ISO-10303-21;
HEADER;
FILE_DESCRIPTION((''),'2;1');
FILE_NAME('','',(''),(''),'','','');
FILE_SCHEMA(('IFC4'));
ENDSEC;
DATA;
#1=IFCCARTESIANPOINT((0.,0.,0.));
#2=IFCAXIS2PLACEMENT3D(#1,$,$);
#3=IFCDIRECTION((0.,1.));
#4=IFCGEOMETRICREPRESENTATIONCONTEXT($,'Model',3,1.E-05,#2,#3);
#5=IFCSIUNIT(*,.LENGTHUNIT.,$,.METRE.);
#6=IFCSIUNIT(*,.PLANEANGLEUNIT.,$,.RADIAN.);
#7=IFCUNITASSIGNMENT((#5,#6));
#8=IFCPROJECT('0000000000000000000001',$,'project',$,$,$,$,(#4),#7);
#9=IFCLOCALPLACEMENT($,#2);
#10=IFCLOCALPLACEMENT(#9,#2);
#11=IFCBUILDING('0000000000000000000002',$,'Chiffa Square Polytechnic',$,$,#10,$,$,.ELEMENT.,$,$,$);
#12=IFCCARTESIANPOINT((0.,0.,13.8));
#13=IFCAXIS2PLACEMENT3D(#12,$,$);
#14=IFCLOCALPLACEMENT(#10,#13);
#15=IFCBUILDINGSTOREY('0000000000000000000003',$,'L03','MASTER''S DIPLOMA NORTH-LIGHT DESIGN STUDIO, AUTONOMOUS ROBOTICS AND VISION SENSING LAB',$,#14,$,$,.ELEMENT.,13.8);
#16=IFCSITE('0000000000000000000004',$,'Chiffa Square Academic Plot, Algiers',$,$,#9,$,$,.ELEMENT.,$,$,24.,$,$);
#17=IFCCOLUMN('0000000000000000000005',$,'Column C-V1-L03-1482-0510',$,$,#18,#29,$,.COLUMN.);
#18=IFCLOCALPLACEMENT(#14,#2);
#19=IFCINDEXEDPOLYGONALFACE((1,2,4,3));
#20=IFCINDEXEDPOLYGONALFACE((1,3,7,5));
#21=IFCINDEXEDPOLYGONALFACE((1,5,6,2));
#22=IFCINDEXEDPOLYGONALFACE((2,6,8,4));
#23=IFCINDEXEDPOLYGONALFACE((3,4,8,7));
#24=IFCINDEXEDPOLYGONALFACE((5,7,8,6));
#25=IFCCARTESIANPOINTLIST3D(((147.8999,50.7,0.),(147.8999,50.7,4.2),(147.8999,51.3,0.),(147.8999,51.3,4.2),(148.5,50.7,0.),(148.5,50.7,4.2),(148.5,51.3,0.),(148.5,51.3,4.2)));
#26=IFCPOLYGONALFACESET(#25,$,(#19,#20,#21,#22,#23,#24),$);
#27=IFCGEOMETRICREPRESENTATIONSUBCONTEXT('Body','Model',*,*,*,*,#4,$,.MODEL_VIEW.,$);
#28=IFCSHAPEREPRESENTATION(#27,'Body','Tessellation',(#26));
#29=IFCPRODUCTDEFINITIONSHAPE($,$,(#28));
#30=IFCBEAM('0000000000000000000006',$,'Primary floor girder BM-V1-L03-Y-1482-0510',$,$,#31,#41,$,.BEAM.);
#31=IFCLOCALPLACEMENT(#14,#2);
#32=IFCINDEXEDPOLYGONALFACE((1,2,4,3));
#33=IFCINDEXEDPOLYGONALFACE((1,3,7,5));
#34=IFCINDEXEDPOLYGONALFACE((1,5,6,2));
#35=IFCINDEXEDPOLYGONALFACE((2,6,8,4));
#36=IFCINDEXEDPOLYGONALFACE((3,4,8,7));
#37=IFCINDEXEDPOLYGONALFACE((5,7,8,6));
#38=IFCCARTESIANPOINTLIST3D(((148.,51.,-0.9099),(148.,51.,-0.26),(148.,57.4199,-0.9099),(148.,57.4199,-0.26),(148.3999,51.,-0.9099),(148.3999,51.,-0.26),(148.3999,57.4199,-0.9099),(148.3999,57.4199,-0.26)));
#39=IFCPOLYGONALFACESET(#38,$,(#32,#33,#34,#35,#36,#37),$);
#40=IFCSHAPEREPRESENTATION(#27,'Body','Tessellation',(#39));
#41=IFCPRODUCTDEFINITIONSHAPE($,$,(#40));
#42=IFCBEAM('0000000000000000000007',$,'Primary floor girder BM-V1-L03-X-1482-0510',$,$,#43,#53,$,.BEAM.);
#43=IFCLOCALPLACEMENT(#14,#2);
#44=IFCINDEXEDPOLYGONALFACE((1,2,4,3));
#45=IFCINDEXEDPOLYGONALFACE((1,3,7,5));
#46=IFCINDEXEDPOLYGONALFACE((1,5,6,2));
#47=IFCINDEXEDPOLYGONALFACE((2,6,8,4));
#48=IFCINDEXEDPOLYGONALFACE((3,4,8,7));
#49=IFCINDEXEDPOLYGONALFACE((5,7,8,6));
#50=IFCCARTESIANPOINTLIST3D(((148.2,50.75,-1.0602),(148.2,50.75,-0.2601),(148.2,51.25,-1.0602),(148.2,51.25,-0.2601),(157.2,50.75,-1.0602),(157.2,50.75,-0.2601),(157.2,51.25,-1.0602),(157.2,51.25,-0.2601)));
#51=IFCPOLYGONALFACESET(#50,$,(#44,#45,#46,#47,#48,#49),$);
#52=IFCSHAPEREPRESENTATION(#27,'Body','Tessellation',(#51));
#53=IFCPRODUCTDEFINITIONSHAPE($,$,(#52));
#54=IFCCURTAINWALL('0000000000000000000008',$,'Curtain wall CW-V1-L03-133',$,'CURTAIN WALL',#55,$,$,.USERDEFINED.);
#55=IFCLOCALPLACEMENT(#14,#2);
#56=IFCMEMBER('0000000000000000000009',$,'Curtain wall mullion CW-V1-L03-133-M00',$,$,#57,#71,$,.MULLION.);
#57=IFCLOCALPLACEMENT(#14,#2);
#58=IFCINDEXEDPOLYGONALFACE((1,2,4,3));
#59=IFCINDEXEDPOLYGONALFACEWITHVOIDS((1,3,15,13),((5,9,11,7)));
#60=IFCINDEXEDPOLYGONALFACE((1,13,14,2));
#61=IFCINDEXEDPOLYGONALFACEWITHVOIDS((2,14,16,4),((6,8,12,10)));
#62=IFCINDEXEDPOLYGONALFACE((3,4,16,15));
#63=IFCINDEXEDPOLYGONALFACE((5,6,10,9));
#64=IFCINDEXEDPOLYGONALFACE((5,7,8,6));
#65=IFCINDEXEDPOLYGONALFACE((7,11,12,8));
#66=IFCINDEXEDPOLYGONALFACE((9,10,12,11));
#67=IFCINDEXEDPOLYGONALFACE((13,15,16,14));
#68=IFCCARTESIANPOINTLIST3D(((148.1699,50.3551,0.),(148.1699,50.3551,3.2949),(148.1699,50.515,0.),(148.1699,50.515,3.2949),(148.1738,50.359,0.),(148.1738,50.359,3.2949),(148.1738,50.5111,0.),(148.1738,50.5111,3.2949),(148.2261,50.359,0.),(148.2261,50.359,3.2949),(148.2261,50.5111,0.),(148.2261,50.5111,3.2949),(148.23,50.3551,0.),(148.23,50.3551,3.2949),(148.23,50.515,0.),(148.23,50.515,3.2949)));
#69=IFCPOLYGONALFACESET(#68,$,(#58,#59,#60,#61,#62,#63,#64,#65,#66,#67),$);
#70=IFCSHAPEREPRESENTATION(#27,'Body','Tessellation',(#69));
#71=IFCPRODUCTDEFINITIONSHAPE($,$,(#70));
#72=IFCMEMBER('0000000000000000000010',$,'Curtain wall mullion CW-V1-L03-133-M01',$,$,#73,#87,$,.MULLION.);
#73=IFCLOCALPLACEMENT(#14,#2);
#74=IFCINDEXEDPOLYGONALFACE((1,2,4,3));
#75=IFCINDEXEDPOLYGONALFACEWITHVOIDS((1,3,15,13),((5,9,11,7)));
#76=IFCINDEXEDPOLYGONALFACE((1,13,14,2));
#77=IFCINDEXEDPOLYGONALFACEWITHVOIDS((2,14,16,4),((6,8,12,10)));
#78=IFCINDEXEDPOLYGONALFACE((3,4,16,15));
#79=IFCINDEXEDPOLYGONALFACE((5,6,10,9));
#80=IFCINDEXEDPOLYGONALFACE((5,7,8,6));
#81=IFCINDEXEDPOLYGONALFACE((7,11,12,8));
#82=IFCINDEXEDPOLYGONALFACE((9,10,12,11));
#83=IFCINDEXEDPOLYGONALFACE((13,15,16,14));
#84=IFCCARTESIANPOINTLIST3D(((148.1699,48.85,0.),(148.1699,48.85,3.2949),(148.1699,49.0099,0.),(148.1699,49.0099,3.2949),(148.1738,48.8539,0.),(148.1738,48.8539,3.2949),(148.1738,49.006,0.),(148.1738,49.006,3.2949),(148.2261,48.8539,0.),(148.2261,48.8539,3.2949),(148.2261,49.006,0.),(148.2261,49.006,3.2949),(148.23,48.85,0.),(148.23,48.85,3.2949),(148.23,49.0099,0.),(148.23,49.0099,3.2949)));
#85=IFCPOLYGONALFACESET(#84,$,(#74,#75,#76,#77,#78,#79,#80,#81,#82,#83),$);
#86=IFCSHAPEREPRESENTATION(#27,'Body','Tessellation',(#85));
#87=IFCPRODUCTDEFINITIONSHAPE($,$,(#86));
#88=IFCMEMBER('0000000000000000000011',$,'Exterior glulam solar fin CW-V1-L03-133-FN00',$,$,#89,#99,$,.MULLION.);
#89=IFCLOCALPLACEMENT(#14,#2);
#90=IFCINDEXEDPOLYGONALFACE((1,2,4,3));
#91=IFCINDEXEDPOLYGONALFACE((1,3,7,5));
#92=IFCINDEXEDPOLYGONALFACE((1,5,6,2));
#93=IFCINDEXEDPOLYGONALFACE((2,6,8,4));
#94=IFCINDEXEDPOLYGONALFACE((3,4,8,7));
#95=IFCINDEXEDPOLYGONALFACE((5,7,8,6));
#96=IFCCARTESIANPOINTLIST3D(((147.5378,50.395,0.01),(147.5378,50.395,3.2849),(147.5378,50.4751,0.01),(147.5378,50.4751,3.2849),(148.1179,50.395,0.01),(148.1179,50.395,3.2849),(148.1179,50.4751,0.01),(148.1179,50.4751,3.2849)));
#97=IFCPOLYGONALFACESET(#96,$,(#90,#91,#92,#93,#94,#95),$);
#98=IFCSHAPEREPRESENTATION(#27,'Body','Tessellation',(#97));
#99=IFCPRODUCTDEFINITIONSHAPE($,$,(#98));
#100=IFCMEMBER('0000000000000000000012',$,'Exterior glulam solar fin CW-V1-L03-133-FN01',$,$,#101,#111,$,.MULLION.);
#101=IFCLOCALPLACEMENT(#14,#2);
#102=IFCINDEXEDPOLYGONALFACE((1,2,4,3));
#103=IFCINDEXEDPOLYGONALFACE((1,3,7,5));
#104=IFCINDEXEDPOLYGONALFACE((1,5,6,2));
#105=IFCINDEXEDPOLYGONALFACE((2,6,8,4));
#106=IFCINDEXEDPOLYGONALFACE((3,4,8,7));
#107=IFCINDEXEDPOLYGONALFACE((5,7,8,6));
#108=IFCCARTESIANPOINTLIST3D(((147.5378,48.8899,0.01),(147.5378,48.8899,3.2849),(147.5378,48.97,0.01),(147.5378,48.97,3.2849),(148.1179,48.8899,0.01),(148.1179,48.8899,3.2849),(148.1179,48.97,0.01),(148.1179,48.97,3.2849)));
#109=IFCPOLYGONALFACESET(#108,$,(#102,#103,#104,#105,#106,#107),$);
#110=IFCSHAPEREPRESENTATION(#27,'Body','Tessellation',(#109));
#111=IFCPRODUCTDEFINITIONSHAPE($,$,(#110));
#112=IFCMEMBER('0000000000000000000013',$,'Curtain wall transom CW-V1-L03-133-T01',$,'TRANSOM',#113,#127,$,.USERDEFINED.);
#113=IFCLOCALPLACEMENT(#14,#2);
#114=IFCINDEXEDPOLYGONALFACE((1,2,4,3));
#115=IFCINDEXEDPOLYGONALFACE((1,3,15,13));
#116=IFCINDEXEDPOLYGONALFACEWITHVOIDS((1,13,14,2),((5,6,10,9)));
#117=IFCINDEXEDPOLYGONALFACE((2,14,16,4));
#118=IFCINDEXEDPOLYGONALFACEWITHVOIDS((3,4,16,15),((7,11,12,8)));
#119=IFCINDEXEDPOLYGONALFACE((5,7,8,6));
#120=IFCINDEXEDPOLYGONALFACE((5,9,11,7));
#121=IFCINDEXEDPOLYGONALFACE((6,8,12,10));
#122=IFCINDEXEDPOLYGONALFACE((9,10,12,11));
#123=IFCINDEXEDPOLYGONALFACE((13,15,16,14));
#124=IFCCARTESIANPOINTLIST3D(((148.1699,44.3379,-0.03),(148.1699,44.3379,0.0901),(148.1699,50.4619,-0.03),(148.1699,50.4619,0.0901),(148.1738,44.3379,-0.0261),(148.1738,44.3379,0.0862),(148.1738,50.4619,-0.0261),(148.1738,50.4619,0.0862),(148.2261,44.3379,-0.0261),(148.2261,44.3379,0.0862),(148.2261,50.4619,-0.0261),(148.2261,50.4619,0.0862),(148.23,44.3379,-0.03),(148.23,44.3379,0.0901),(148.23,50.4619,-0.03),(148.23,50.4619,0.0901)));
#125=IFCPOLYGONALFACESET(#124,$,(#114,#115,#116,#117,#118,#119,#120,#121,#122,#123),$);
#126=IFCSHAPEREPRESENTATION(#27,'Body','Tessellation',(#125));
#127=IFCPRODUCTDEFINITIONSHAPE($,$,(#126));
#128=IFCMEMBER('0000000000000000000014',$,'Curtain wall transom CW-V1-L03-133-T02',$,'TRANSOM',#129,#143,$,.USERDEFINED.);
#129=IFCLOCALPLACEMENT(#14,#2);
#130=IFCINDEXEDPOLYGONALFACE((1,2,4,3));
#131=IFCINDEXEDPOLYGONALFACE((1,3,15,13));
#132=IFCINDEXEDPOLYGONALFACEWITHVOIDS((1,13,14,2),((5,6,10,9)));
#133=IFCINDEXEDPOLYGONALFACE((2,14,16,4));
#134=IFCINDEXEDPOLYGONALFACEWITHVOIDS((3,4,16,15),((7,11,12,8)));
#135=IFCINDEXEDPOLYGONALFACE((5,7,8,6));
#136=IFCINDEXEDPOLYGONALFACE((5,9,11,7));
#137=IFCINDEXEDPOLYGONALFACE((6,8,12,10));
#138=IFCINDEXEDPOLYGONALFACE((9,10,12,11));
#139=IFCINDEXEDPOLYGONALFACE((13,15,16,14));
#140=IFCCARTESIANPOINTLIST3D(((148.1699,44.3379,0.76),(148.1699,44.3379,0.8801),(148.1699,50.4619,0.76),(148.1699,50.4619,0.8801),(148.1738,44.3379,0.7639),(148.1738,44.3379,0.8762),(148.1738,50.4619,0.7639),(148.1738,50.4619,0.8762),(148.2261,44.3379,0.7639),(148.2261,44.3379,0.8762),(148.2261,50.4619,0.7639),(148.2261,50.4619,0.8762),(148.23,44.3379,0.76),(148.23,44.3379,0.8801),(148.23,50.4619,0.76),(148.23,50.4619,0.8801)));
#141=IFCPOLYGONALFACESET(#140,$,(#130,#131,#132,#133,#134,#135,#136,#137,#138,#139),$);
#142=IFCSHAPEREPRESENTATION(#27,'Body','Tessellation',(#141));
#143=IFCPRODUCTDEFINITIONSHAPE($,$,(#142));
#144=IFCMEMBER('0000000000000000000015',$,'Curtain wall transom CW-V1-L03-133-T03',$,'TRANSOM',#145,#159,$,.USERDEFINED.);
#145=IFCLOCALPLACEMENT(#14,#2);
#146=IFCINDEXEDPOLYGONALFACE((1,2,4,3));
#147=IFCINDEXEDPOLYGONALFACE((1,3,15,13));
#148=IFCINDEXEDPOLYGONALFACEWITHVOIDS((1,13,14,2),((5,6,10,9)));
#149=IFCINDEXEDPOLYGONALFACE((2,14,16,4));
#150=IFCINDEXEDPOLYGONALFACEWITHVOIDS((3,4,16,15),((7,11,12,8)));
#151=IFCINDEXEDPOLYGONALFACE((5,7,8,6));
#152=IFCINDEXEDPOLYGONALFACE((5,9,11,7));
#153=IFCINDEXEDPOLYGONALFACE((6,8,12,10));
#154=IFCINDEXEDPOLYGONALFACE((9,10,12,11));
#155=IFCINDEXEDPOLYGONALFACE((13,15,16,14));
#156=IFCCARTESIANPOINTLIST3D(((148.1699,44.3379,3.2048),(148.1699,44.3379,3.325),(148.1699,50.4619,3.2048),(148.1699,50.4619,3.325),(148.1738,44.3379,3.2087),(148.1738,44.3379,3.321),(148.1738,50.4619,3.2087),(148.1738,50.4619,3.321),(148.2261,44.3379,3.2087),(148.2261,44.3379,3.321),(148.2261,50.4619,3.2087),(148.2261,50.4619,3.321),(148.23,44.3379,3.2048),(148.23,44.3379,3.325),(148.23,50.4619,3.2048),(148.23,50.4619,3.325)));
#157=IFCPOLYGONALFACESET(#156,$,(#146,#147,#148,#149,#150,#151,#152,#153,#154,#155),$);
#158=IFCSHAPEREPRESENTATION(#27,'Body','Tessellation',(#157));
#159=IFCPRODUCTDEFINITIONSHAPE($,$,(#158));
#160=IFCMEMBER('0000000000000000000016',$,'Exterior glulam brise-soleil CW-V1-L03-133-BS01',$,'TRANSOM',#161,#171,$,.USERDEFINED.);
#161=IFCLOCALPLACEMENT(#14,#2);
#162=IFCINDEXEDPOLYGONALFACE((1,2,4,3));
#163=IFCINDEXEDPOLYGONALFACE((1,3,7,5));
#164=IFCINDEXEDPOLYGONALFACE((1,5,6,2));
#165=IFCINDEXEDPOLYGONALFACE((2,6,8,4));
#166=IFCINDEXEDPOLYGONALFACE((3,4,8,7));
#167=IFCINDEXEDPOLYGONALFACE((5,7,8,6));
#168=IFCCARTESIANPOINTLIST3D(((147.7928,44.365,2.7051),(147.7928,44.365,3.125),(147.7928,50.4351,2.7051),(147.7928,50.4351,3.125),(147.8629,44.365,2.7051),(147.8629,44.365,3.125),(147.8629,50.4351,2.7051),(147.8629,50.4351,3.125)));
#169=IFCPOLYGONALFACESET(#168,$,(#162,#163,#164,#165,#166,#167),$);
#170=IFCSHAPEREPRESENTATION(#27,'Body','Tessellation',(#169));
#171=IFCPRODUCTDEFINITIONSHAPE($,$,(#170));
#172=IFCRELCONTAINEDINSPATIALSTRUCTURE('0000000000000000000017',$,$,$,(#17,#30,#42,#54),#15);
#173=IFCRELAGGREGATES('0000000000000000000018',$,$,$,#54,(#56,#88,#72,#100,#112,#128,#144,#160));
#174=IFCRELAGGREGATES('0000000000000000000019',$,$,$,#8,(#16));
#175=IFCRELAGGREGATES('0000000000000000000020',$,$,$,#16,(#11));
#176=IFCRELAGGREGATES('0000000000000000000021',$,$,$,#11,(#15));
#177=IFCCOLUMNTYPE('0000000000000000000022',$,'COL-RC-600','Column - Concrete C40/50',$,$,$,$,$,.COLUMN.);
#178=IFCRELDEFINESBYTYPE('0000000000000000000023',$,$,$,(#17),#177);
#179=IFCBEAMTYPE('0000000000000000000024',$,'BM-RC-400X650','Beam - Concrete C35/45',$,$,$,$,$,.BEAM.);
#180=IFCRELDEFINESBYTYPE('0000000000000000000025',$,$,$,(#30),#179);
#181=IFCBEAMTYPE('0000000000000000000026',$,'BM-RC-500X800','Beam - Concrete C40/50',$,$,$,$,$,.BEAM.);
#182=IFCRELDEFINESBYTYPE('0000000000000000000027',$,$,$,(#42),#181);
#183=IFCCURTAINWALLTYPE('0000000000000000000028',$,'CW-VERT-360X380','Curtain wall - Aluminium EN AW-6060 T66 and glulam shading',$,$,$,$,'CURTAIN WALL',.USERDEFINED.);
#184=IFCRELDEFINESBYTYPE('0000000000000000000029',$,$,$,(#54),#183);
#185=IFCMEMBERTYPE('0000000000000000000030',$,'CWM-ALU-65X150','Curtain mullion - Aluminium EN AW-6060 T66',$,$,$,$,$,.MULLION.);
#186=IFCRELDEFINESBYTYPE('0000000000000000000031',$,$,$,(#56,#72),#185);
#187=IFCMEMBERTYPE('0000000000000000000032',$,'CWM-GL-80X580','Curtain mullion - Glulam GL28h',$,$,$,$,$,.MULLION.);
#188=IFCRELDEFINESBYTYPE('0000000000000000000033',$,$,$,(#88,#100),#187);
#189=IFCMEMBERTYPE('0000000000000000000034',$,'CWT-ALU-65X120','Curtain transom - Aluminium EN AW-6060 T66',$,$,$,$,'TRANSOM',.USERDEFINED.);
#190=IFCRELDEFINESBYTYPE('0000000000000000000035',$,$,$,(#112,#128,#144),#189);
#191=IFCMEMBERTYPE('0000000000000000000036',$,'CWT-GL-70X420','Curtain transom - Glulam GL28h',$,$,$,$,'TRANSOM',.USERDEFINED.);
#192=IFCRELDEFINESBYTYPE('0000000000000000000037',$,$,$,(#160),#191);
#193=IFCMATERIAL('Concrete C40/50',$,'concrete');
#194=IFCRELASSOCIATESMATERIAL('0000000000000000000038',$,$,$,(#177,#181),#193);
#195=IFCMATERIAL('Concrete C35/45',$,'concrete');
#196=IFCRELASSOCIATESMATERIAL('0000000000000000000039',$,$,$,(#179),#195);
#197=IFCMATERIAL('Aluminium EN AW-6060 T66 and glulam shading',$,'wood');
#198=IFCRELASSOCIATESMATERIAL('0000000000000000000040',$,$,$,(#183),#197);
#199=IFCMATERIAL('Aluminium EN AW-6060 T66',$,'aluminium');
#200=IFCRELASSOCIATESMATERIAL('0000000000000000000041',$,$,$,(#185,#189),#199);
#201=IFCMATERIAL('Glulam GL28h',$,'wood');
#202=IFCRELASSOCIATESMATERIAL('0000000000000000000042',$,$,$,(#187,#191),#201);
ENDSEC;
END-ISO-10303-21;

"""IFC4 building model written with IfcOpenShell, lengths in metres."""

from ifc_helpers import new_model, si_unit, direction, frame, origin, origin_2d, place, context, subcontext, project, spatial, rectangle, hollow_rectangle, extrude, material, material_profile, profile_set, type_object, element, aggregate, save


model = new_model("IFC4")

# Units and contexts
model_context = context("Model", 3, precision=1e-05, world=origin(), true_north=direction((0.0, 1.0)))
body_context = subcontext(model_context, "Body", "Model", "MODEL_VIEW")
ifc_project = project(units=[si_unit("LENGTHUNIT", "METRE"), si_unit("PLANEANGLEUNIT", "RADIAN")], contexts=[model_context])

# Site, building, storey
site_placement = place(None, origin())
site = spatial("IfcSite", under=ifc_project, at=site_placement, Name="Chiffa Square Academic Plot, Algiers", CompositionType="ELEMENT", RefElevation=24.0)
building_placement = place(site_placement, origin())
building = spatial("IfcBuilding", under=site, at=building_placement, Name="Chiffa Square Polytechnic", CompositionType="ELEMENT")
storey_placement = place(building_placement, frame((0.0, 0.0, 13.8)))
storey = spatial("IfcBuildingStorey", under=building, at=storey_placement, Name="L03", Description="MASTER'S DIPLOMA NORTH-LIGHT DESIGN STUDIO, AUTONOMOUS ROBOTICS AND VISION SENSING LAB", CompositionType="ELEMENT", Elevation=13.8)

# Column
ifc_material_1 = material(Name="Concrete C40/50", Category="concrete")
ifc_material_profile_1 = material_profile(ifc_material_1, rectangle(XDim=0.6001, YDim=0.6001, at=origin_2d()), Name="RC 600x600")
ifc_profile_set_1 = profile_set([ifc_material_profile_1], Name="Concrete C40/50")
column_type = type_object("IfcColumnType", Name="COL-RC-600", Description="Column - Concrete C40/50", PredefinedType="COLUMN", material=ifc_profile_set_1)
column_placement = place(storey_placement, frame((148.2, 51.0, 0.0), z_axis=(0.0, 0.0, 1.0), x_axis=(1.0, 0.0, 0.0)))
element("IfcColumn", 1, at=column_placement, inside=storey, type_object=column_type, Name="Column C-V1-L03-1482-0510", PredefinedType="COLUMN", context=body_context, shape_type="SweptSolid", body=[
    extrude(rectangle(XDim=0.6001, YDim=0.6001, at=origin_2d()), origin(), (0.0, 0.0, 1.0), 4.2),
])

# Beams
ifc_material_2 = material(Name="Concrete C35/45", Category="concrete")
ifc_material_profile_2 = material_profile(ifc_material_2, rectangle(XDim=0.3999, YDim=0.6499, at=origin_2d()), Name="RC 400x650")
ifc_profile_set_2 = profile_set([ifc_material_profile_2], Name="Concrete C35/45")
beam_type_1 = type_object("IfcBeamType", Name="BM-RC-400X650", Description="Beam - Concrete C35/45", PredefinedType="BEAM", material=ifc_profile_set_2)
beam_1_placement = place(storey_placement, frame((148.2, 51.0, -0.585), z_axis=(0.0, 1.0, 0.0), x_axis=(-1.0, 0.0, 0.0)))
element("IfcBeam", 2, at=beam_1_placement, inside=storey, type_object=beam_type_1, Name="Primary floor girder BM-V1-L03-Y-1482-0510", PredefinedType="BEAM", context=body_context, shape_type="SweptSolid", body=[
    extrude(rectangle(XDim=0.3999, YDim=0.6499, at=origin_2d()), origin(), (0.0, 0.0, 1.0), 6.4199),
])
ifc_material_profile_3 = material_profile(ifc_material_1, rectangle(XDim=0.5, YDim=0.8, at=origin_2d()), Name="RC 500x800")
ifc_profile_set_3 = profile_set([ifc_material_profile_3], Name="Concrete C40/50")
beam_type_2 = type_object("IfcBeamType", Name="BM-RC-500X800", Description="Beam - Concrete C40/50", PredefinedType="BEAM", material=ifc_profile_set_3)
beam_2_placement = place(storey_placement, frame((148.2, 51.0, -0.6602), z_axis=(1.0, 0.0, 0.0), x_axis=(0.0, 1.0, 0.0)))
element("IfcBeam", 3, at=beam_2_placement, inside=storey, type_object=beam_type_2, Name="Primary floor girder BM-V1-L03-X-1482-0510", PredefinedType="BEAM", context=body_context, shape_type="SweptSolid", body=[
    extrude(rectangle(XDim=0.5, YDim=0.8, at=origin_2d()), origin(), (0.0, 0.0, 1.0), 9.0),
])

# Curtain wall, members
ifc_material_3 = material(Name="Aluminium EN AW-6060 T66 and glulam shading", Category="wood")
curtain_wall_type = type_object("IfcCurtainWallType", Name="CW-VERT-360X380", Description="Curtain wall - Aluminium EN AW-6060 T66 and glulam shading", ElementType="CURTAIN WALL", PredefinedType="USERDEFINED", material=ifc_material_3)
curtain_wall_placement = place(storey_placement, origin())
curtain_wall = element("IfcCurtainWall", 4, at=curtain_wall_placement, inside=storey, type_object=curtain_wall_type, Name="Curtain wall CW-V1-L03-133", ObjectType="CURTAIN WALL", PredefinedType="USERDEFINED")
ifc_material_4 = material(Name="Aluminium EN AW-6060 T66", Category="aluminium")
ifc_material_profile_4 = material_profile(ifc_material_4, hollow_rectangle(XDim=0.0601, YDim=0.1599, WallThickness=0.0039, at=origin_2d()), Name="ALU 60x160x4")
ifc_profile_set_4 = profile_set([ifc_material_profile_4], Name="Aluminium EN AW-6060 T66")
member_type_1 = type_object("IfcMemberType", Name="CWM-ALU-65X150", Description="Curtain mullion - Aluminium EN AW-6060 T66", PredefinedType="MULLION", material=ifc_profile_set_4)
member_1_placement = place(storey_placement, frame((148.2, 50.4351, 0.0), z_axis=(0.0, 0.0, 1.0), x_axis=(1.0, 0.0, 0.0)))
member_1 = element("IfcMember", 5, at=member_1_placement, type_object=member_type_1, Name="Curtain wall mullion CW-V1-L03-133-M00", PredefinedType="MULLION", context=body_context, shape_type="SweptSolid", body=[
    extrude(hollow_rectangle(XDim=0.0601, YDim=0.1599, WallThickness=0.0039, at=origin_2d()), origin(), (0.0, 0.0, 1.0), 3.2949),
])
member_2_placement = place(storey_placement, frame((148.2, 48.9299, 0.0), z_axis=(0.0, 0.0, 1.0), x_axis=(1.0, 0.0, 0.0)))
member_2 = element("IfcMember", 6, at=member_2_placement, type_object=member_type_1, Name="Curtain wall mullion CW-V1-L03-133-M01", PredefinedType="MULLION", context=body_context, shape_type="SweptSolid", body=[
    extrude(hollow_rectangle(XDim=0.0601, YDim=0.1599, WallThickness=0.0039, at=origin_2d()), origin(), (0.0, 0.0, 1.0), 3.2949),
])
ifc_material_5 = material(Name="Glulam GL28h", Category="wood")
ifc_material_profile_5 = material_profile(ifc_material_5, rectangle(XDim=0.0801, YDim=0.5801, at=origin_2d()), Name="GL28h 80x580")
ifc_profile_set_5 = profile_set([ifc_material_profile_5], Name="Glulam GL28h")
member_type_2 = type_object("IfcMemberType", Name="CWM-GL-80X580", Description="Curtain mullion - Glulam GL28h", PredefinedType="MULLION", material=ifc_profile_set_5)
member_3_placement = place(storey_placement, frame((147.8279, 50.4351, 0.01), z_axis=(0.0, 0.0, 1.0), x_axis=(0.0, -1.0, 0.0)))
member_3 = element("IfcMember", 7, at=member_3_placement, type_object=member_type_2, Name="Exterior glulam solar fin CW-V1-L03-133-FN00", PredefinedType="MULLION", context=body_context, shape_type="SweptSolid", body=[
    extrude(rectangle(XDim=0.0801, YDim=0.5801, at=origin_2d()), origin(), (0.0, 0.0, 1.0), 3.2749),
])
member_4_placement = place(storey_placement, frame((147.8279, 48.9299, 0.01), z_axis=(0.0, 0.0, 1.0), x_axis=(0.0, -1.0, 0.0)))
member_4 = element("IfcMember", 8, at=member_4_placement, type_object=member_type_2, Name="Exterior glulam solar fin CW-V1-L03-133-FN01", PredefinedType="MULLION", context=body_context, shape_type="SweptSolid", body=[
    extrude(rectangle(XDim=0.0801, YDim=0.5801, at=origin_2d()), origin(), (0.0, 0.0, 1.0), 3.2749),
])
ifc_material_profile_6 = material_profile(ifc_material_4, hollow_rectangle(XDim=0.0601, YDim=0.1201, WallThickness=0.0039, at=origin_2d()), Name="ALU 60x120x4")
ifc_profile_set_6 = profile_set([ifc_material_profile_6], Name="Aluminium EN AW-6060 T66")
member_type_3 = type_object("IfcMemberType", Name="CWT-ALU-65X120", Description="Curtain transom - Aluminium EN AW-6060 T66", ElementType="TRANSOM", PredefinedType="USERDEFINED", material=ifc_profile_set_6)
member_5_placement = place(storey_placement, frame((148.2, 50.4619, 0.03), z_axis=(0.0, -1.0, 0.0), x_axis=(1.0, 0.0, 0.0)))
member_5 = element("IfcMember", 9, at=member_5_placement, type_object=member_type_3, Name="Curtain wall transom CW-V1-L03-133-T01", ObjectType="TRANSOM", PredefinedType="USERDEFINED", context=body_context, shape_type="SweptSolid", body=[
    extrude(hollow_rectangle(XDim=0.0601, YDim=0.1201, WallThickness=0.0039, at=origin_2d()), origin(), (0.0, 0.0, 1.0), 6.124),
])
member_6_placement = place(storey_placement, frame((148.2, 50.4619, 0.8201), z_axis=(0.0, -1.0, 0.0), x_axis=(1.0, 0.0, 0.0)))
member_6 = element("IfcMember", 10, at=member_6_placement, type_object=member_type_3, Name="Curtain wall transom CW-V1-L03-133-T02", ObjectType="TRANSOM", PredefinedType="USERDEFINED", context=body_context, shape_type="SweptSolid", body=[
    extrude(hollow_rectangle(XDim=0.0601, YDim=0.1201, WallThickness=0.0039, at=origin_2d()), origin(), (0.0, 0.0, 1.0), 6.124),
])
member_7_placement = place(storey_placement, frame((148.2, 50.4619, 3.2649), z_axis=(0.0, -1.0, 0.0), x_axis=(1.0, 0.0, 0.0)))
member_7 = element("IfcMember", 11, at=member_7_placement, type_object=member_type_3, Name="Curtain wall transom CW-V1-L03-133-T03", ObjectType="TRANSOM", PredefinedType="USERDEFINED", context=body_context, shape_type="SweptSolid", body=[
    extrude(hollow_rectangle(XDim=0.0601, YDim=0.1201, WallThickness=0.0039, at=origin_2d()), origin(), (0.0, 0.0, 1.0), 6.124),
])
ifc_material_profile_7 = material_profile(ifc_material_5, rectangle(XDim=0.0701, YDim=0.4199, at=origin_2d()), Name="GL28h 70x420")
ifc_profile_set_7 = profile_set([ifc_material_profile_7], Name="Glulam GL28h")
member_type_4 = type_object("IfcMemberType", Name="CWT-GL-70X420", Description="Curtain transom - Glulam GL28h", ElementType="TRANSOM", PredefinedType="USERDEFINED", material=ifc_profile_set_7)
member_8_placement = place(storey_placement, frame((147.8279, 50.4351, 2.915), z_axis=(0.0, -1.0, 0.0), x_axis=(1.0, 0.0, 0.0)))
member_8 = element("IfcMember", 12, at=member_8_placement, type_object=member_type_4, Name="Exterior glulam brise-soleil CW-V1-L03-133-BS01", ObjectType="TRANSOM", PredefinedType="USERDEFINED", context=body_context, shape_type="SweptSolid", body=[
    extrude(rectangle(XDim=0.0701, YDim=0.4199, at=origin_2d()), origin(), (0.0, 0.0, 1.0), 6.0701),
])

aggregate(curtain_wall, [member_1, member_3, member_2, member_4, member_5, member_6, member_7, member_8])

save(model, "model.ifc")
